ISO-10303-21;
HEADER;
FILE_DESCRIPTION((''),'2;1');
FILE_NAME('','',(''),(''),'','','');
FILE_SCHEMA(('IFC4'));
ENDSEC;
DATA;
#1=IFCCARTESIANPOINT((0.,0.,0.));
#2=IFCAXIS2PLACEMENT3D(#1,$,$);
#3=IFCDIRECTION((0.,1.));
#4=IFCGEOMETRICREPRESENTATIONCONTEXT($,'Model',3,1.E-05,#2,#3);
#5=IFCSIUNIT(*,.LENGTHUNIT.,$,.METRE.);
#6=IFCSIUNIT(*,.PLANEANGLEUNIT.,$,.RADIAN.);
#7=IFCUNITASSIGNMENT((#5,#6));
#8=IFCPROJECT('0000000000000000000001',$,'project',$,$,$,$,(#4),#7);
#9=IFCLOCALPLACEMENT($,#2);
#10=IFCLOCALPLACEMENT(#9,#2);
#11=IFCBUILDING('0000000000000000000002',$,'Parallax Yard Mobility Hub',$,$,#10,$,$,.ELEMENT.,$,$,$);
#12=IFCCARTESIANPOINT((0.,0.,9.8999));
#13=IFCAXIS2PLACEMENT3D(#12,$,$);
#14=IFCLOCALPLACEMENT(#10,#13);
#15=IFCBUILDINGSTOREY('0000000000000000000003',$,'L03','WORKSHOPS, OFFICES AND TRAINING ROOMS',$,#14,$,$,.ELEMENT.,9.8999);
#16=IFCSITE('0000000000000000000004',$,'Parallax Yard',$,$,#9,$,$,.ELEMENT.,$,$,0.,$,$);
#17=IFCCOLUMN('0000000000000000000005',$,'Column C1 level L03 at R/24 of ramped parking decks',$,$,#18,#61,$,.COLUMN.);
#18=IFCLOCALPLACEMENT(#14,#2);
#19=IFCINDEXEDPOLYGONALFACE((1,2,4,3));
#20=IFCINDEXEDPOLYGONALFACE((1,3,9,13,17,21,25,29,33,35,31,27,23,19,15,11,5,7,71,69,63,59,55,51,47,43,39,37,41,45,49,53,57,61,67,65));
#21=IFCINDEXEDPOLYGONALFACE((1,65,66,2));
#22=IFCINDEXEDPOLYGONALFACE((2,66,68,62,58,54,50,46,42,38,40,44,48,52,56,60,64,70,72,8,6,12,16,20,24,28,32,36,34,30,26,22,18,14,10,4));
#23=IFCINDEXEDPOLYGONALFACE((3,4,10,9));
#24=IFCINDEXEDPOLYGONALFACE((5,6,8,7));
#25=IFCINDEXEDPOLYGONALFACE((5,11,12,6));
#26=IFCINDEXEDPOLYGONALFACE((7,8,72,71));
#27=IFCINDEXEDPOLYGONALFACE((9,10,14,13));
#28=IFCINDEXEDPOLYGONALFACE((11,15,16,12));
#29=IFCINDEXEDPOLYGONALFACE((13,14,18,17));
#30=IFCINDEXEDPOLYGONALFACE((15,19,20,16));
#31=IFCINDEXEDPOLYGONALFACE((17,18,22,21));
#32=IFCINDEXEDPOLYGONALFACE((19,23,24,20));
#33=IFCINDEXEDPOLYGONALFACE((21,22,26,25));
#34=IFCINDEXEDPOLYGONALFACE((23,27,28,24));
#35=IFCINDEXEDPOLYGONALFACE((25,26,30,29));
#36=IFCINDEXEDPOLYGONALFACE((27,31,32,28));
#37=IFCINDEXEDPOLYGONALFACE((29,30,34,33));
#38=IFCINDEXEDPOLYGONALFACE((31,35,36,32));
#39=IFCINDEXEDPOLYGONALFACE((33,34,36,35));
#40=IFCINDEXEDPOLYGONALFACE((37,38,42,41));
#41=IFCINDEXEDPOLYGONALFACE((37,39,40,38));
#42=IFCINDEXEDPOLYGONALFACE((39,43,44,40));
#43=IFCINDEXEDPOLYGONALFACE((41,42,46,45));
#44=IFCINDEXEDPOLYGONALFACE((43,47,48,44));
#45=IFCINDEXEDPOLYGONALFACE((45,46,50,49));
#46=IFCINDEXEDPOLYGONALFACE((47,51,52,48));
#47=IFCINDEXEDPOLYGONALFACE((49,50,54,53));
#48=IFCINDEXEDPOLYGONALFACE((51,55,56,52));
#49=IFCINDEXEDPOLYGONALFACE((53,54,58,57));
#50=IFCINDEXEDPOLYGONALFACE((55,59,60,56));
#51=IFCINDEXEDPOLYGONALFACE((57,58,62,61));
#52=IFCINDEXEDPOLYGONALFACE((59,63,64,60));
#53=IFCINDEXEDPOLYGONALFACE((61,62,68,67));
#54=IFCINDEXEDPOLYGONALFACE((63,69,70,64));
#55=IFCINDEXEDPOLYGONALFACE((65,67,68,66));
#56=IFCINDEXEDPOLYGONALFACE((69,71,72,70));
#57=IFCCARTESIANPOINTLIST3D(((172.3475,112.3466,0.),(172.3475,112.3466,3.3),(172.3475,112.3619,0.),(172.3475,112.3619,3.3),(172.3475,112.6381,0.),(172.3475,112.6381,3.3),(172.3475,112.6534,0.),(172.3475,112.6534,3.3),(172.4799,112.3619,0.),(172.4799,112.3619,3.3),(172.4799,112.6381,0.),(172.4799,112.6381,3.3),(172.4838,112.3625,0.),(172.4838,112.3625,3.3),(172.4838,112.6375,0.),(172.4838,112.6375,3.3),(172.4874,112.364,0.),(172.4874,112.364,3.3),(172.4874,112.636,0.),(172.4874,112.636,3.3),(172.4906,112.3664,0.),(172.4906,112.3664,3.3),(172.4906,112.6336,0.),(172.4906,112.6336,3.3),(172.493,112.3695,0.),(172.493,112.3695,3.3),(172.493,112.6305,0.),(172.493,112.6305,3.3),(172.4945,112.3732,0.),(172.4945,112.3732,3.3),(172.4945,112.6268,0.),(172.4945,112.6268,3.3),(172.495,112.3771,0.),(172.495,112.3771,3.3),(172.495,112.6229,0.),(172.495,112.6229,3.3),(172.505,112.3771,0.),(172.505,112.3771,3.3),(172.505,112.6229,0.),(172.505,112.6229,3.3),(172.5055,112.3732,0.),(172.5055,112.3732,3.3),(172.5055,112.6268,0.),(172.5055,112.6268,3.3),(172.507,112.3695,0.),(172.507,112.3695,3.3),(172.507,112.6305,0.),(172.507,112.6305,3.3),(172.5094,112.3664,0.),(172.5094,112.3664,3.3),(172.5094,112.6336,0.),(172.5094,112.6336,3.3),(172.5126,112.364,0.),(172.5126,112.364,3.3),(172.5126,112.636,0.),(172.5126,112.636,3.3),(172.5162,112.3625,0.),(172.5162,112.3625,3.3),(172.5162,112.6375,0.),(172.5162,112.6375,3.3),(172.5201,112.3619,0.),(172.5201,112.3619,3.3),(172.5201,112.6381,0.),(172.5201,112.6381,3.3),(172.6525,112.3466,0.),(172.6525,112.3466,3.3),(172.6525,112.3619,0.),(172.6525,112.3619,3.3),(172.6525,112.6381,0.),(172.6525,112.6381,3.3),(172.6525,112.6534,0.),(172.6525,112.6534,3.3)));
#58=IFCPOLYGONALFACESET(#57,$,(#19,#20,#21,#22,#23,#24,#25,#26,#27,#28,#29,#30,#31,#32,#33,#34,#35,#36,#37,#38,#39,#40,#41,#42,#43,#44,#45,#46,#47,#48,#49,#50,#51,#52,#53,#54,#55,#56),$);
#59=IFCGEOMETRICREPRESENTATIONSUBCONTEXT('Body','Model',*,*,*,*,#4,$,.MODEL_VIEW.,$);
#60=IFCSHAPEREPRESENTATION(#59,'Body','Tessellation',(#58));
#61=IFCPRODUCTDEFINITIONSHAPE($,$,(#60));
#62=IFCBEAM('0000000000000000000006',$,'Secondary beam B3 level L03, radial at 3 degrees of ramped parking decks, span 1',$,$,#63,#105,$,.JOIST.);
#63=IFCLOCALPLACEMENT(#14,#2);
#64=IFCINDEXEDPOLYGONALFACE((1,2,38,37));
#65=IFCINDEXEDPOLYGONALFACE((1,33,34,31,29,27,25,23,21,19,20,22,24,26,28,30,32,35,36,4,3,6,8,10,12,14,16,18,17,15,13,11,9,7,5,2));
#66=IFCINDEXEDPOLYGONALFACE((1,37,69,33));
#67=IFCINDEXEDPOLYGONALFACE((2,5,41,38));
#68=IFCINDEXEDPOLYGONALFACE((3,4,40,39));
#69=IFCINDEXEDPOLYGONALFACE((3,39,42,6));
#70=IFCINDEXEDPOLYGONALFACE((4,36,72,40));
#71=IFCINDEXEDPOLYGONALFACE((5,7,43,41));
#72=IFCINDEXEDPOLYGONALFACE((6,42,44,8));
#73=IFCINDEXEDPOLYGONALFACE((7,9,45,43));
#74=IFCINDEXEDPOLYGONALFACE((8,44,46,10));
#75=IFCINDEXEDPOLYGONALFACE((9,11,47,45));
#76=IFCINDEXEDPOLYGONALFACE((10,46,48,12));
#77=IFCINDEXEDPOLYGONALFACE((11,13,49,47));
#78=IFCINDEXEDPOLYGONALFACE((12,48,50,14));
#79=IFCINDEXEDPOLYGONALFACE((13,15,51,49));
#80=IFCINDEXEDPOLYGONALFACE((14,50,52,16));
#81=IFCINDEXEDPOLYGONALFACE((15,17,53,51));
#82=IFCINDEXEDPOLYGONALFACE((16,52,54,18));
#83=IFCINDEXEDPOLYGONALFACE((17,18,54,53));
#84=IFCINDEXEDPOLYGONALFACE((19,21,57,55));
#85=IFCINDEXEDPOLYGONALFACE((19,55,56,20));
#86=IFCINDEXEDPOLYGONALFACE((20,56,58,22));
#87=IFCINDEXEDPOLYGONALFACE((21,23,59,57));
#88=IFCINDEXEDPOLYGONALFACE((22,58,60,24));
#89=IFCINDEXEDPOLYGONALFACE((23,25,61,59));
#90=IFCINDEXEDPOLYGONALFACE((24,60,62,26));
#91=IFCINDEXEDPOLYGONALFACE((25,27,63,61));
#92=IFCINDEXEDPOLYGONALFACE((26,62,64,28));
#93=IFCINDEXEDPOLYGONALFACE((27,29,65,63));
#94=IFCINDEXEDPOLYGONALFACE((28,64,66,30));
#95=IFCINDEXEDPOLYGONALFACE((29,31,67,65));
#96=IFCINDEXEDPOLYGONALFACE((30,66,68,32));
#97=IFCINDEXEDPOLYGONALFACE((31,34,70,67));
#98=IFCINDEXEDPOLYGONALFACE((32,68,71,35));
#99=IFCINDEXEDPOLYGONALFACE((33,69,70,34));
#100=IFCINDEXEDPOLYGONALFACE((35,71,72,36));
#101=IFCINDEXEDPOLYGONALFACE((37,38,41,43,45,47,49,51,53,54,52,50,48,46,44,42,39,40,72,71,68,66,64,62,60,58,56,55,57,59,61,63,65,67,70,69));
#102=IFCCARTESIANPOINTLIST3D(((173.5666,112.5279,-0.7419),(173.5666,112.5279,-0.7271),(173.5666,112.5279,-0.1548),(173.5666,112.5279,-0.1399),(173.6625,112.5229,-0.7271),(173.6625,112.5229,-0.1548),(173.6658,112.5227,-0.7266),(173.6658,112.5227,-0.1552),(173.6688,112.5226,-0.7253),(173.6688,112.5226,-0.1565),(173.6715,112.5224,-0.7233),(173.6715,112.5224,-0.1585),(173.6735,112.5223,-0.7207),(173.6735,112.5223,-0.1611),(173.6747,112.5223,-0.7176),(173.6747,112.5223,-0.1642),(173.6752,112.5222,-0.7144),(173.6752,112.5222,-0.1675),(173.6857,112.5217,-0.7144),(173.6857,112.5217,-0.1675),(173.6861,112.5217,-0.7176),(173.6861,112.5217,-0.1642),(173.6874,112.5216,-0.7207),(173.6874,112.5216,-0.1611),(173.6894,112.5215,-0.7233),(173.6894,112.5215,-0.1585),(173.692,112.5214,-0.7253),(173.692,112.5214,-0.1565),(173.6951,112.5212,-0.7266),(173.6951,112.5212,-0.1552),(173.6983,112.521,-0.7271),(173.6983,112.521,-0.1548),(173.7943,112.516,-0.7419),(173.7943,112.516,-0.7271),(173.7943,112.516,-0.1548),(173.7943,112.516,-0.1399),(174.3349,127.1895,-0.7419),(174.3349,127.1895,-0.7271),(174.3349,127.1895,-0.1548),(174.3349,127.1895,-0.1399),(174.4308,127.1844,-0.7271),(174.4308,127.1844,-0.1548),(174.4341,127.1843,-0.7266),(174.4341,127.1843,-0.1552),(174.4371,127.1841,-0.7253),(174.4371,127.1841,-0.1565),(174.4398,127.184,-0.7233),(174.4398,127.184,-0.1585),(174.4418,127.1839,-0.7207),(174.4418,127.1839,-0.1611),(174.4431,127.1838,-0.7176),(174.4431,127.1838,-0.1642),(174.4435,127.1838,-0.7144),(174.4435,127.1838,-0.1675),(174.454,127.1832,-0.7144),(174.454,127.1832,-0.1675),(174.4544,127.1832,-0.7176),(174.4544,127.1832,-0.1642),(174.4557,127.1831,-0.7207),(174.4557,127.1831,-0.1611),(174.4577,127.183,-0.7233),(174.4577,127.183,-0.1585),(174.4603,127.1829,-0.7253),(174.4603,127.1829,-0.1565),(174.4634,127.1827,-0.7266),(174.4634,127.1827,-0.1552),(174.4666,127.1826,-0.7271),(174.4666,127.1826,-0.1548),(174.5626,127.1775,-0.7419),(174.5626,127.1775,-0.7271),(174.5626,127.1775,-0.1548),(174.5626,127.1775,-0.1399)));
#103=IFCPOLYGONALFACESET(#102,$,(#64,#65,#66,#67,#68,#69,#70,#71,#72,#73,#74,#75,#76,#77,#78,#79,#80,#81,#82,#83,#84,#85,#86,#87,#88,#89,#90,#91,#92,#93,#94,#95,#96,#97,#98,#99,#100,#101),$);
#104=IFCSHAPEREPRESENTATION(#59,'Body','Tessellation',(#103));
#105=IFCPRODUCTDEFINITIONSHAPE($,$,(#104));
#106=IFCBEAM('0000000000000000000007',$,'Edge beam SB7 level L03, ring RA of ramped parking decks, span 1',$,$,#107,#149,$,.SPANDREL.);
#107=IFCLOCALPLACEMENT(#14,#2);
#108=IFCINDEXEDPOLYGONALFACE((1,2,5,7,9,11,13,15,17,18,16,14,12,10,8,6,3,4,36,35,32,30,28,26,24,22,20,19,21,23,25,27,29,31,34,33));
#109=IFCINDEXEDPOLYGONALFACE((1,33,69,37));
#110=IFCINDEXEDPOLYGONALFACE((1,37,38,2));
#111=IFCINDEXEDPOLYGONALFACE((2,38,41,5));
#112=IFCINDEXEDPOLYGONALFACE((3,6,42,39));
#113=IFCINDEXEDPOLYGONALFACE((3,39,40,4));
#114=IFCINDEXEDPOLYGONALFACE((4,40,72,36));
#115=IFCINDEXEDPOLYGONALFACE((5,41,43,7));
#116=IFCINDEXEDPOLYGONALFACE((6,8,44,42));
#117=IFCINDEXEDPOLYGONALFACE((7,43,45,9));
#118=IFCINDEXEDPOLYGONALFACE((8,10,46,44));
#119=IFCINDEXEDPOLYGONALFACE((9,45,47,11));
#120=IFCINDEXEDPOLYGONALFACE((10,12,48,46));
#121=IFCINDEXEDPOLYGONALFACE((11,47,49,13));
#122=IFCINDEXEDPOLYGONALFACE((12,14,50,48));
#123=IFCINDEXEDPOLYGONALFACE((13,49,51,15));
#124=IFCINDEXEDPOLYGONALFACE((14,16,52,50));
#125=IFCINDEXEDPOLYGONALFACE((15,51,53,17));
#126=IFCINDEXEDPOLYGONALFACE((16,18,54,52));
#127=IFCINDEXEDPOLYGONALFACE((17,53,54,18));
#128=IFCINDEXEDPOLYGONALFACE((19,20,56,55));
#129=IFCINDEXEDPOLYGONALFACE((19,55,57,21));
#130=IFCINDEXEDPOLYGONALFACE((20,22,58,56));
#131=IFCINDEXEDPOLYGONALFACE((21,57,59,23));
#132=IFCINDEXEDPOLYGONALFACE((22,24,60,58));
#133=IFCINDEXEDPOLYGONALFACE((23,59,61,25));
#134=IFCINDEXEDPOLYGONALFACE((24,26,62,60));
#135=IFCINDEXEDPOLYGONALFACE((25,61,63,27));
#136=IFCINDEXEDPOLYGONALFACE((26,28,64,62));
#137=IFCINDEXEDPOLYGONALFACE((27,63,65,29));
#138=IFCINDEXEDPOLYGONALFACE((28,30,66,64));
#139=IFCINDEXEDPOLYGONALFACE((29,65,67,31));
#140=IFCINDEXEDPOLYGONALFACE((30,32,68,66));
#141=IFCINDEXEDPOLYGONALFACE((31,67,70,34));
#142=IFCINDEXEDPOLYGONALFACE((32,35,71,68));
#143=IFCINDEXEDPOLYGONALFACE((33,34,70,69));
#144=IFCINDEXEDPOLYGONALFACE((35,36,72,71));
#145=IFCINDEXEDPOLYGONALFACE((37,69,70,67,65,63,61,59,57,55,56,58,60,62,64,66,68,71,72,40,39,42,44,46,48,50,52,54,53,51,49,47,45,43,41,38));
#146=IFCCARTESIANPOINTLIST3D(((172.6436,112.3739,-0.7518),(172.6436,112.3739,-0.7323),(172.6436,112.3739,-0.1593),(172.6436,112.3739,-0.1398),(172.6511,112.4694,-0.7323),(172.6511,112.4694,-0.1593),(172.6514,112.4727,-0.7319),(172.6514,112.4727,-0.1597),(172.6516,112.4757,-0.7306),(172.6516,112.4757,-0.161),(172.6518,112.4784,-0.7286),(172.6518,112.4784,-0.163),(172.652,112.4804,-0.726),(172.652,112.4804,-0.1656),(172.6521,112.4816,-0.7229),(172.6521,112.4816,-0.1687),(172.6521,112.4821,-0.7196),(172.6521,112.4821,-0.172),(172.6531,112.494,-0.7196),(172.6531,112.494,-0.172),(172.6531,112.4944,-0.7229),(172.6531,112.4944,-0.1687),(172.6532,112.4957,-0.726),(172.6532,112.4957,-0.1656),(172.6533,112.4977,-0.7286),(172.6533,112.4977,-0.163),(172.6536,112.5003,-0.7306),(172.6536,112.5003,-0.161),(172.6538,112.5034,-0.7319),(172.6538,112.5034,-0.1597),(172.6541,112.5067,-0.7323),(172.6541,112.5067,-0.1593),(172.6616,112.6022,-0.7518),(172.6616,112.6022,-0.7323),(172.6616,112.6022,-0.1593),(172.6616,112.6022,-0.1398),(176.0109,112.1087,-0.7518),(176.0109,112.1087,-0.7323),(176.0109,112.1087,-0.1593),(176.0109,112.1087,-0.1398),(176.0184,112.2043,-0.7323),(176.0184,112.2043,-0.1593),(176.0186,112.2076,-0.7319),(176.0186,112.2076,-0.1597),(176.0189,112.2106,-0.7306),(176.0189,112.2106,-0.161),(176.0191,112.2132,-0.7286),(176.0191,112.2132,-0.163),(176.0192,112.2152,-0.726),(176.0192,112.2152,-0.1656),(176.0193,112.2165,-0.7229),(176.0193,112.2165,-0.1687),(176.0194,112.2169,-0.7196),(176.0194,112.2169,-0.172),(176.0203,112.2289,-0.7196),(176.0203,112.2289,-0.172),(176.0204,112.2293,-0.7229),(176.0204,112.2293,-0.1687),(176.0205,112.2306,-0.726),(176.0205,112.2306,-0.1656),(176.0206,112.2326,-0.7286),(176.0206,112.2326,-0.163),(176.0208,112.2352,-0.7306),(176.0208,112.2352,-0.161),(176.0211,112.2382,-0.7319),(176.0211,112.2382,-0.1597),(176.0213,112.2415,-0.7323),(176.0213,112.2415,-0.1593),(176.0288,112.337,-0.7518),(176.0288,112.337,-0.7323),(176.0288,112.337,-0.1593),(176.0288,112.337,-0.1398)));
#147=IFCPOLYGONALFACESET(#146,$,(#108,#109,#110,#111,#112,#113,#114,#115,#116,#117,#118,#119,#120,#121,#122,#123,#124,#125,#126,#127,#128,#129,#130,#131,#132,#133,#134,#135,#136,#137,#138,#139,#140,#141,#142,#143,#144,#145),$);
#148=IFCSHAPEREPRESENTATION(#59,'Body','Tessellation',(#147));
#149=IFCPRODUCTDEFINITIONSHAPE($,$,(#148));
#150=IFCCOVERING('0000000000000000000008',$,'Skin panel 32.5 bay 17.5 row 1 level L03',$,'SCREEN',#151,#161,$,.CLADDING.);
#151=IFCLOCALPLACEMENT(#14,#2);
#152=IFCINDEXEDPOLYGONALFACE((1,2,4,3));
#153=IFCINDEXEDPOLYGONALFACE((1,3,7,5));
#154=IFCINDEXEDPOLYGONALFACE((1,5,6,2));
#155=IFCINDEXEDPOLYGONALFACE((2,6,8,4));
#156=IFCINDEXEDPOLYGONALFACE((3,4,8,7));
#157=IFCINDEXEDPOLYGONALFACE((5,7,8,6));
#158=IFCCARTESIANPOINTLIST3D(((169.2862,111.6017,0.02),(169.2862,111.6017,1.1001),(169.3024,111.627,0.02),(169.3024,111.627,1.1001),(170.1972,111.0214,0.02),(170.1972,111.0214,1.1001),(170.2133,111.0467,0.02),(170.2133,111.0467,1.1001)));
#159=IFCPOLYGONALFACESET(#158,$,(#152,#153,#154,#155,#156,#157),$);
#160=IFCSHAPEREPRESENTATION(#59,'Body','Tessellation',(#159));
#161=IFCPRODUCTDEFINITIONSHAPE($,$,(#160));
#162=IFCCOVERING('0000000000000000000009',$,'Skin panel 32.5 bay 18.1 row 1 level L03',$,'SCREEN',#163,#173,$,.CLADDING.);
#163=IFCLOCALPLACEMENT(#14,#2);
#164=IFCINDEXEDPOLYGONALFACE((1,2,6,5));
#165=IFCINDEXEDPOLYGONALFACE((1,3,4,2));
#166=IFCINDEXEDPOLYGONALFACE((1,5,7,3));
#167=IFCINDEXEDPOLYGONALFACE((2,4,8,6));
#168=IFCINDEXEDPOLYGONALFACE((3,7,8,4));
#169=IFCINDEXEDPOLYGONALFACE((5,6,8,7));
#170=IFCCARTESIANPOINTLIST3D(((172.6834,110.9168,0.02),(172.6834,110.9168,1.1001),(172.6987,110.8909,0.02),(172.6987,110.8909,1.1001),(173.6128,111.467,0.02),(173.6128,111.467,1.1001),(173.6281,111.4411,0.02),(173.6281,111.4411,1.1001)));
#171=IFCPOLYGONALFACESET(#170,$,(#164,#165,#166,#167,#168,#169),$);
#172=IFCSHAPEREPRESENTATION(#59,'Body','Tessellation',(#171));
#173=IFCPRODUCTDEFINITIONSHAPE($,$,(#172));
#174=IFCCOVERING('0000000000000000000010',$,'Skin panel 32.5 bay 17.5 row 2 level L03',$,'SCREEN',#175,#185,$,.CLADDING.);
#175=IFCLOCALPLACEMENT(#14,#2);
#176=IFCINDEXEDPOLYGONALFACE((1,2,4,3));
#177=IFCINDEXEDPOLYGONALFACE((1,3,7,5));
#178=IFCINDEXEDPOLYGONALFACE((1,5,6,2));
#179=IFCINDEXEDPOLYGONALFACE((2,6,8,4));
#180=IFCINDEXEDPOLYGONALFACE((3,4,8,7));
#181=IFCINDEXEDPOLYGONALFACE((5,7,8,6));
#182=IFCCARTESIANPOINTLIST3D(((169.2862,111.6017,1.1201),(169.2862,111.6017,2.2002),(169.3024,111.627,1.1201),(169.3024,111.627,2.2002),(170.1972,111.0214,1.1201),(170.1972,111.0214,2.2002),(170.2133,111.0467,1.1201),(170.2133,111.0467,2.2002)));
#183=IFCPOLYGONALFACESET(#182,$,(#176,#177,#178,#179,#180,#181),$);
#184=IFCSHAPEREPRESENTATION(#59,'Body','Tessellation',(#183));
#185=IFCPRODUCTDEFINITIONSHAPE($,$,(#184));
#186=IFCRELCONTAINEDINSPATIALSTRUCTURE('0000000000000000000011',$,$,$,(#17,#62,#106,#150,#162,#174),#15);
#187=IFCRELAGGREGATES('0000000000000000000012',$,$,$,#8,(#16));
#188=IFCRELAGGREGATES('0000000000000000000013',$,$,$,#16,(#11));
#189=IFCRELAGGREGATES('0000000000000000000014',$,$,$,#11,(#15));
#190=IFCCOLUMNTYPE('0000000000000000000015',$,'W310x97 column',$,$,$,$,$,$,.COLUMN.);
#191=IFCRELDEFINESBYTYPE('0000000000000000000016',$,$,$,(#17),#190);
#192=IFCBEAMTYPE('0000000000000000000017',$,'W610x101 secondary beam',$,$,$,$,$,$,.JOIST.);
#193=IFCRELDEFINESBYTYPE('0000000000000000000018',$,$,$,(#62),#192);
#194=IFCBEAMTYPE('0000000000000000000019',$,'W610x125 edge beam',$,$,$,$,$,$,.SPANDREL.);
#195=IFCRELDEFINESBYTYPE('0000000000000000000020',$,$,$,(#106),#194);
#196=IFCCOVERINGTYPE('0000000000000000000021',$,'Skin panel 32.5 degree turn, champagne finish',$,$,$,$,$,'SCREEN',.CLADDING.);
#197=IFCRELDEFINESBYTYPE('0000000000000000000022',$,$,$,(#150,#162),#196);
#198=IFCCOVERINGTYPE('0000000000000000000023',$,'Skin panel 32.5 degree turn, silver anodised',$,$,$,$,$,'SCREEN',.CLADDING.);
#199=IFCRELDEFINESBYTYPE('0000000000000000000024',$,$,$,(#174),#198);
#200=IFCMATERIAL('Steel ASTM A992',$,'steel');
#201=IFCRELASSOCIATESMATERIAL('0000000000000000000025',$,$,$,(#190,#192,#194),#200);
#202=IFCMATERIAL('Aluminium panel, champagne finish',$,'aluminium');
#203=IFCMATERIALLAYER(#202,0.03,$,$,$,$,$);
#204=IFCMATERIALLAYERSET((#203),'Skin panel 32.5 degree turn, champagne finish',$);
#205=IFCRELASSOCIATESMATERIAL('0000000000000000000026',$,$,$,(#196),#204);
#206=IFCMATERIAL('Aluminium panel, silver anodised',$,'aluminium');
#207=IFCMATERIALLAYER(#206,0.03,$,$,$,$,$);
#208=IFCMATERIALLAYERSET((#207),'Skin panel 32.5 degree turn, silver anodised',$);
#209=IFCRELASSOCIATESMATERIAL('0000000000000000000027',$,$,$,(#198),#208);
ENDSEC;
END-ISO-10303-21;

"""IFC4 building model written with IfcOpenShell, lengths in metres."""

from ifc_helpers import new_model, si_unit, direction, frame, origin, origin_2d, place, context, subcontext, project, spatial, rectangle, i_section, extrude, material, layer, layer_set, material_profile, profile_set, type_object, element, save


model = new_model("IFC4")

# Units and contexts
model_context = context("Model", 3, precision=1e-05, world=origin(), true_north=direction((0.0, 1.0)))
body_context = subcontext(model_context, "Body", "Model", "MODEL_VIEW")
ifc_project = project(units=[si_unit("LENGTHUNIT", "METRE"), si_unit("PLANEANGLEUNIT", "RADIAN")], contexts=[model_context])

# Site, building, storey
site_placement = place(None, origin())
site = spatial("IfcSite", under=ifc_project, at=site_placement, Name="Parallax Yard", CompositionType="ELEMENT", RefElevation=0.0)
building_placement = place(site_placement, origin())
building = spatial("IfcBuilding", under=site, at=building_placement, Name="Parallax Yard Mobility Hub", CompositionType="ELEMENT")
storey_placement = place(building_placement, frame((0.0, 0.0, 9.8999)))
storey = spatial("IfcBuildingStorey", under=building, at=storey_placement, Name="L03", Description="WORKSHOPS, OFFICES AND TRAINING ROOMS", CompositionType="ELEMENT", Elevation=9.8999)

# Column
ifc_material_1 = material(Name="Steel ASTM A992", Category="steel")
ifc_material_profile_1 = material_profile(ifc_material_1, i_section(OverallWidth=0.3049, OverallDepth=0.3069, WebThickness=0.01, FlangeThickness=0.0154, FilletRadius=0.0151, at=origin_2d()), Name="W310x97")
ifc_profile_set_1 = profile_set([ifc_material_profile_1], Name="Steel ASTM A992")
column_type = type_object("IfcColumnType", Name="W310x97 column", PredefinedType="COLUMN", material=ifc_profile_set_1)
column_placement = place(storey_placement, frame((172.5, 112.5, 0.0), z_axis=(0.0, 0.0, 1.0), x_axis=(1.0, 0.0, 0.0)))
element("IfcColumn", 1, at=column_placement, inside=storey, type_object=column_type, Name="Column C1 level L03 at R/24 of ramped parking decks", PredefinedType="COLUMN", context=body_context, shape_type="SweptSolid", body=[
    extrude(i_section(OverallWidth=0.3049, OverallDepth=0.3069, WebThickness=0.01, FlangeThickness=0.0154, FilletRadius=0.0151, at=origin_2d()), origin(), (0.0, 0.0, 1.0), 3.3),
])

# Beams
ifc_material_profile_2 = material_profile(ifc_material_1, i_section(OverallWidth=0.228, OverallDepth=0.6021, WebThickness=0.0105, FlangeThickness=0.0149, FilletRadius=0.0127, at=origin_2d()), Name="W610x101")
ifc_profile_set_2 = profile_set([ifc_material_profile_2], Name="Steel ASTM A992")
beam_type_1 = type_object("IfcBeamType", Name="W610x101 secondary beam", PredefinedType="JOIST", material=ifc_profile_set_2)
beam_1_placement = place(storey_placement, frame((173.6804, 112.522, -0.4409), z_axis=(0.052331, 0.99863, 0.0), x_axis=(-0.99863, 0.052331, 0.0)))
element("IfcBeam", 2, at=beam_1_placement, inside=storey, type_object=beam_type_1, Name="Secondary beam B3 level L03, radial at 3 degrees of ramped parking decks, span 1", PredefinedType="JOIST", context=body_context, shape_type="SweptSolid", body=[
    extrude(i_section(OverallWidth=0.228, OverallDepth=0.6021, WebThickness=0.0105, FlangeThickness=0.0149, FilletRadius=0.0127, at=origin_2d()), origin(), (0.0, 0.0, 1.0), 14.6816),
])
ifc_material_profile_3 = material_profile(ifc_material_1, i_section(OverallWidth=0.229, OverallDepth=0.6121, WebThickness=0.012, FlangeThickness=0.0195, FilletRadius=0.0127, at=origin_2d()), Name="W610x125")
ifc_profile_set_3 = profile_set([ifc_material_profile_3], Name="Steel ASTM A992")
beam_type_2 = type_object("IfcBeamType", Name="W610x125 edge beam", PredefinedType="SPANDREL", material=ifc_profile_set_3)
beam_2_placement = place(storey_placement, frame((172.6526, 112.488, -0.4458), z_axis=(0.996914, -0.078498, 0.0), x_axis=(0.078498, 0.996914, 0.0)))
element("IfcBeam", 3, at=beam_2_placement, inside=storey, type_object=beam_type_2, Name="Edge beam SB7 level L03, ring RA of ramped parking decks, span 1", PredefinedType="SPANDREL", context=body_context, shape_type="SweptSolid", body=[
    extrude(i_section(OverallWidth=0.229, OverallDepth=0.6121, WebThickness=0.012, FlangeThickness=0.0195, FilletRadius=0.0127, at=origin_2d()), origin(), (0.0, 0.0, 1.0), 3.3777),
])

# Coverings
ifc_material_2 = material(Name="Aluminium panel, champagne finish", Category="aluminium")
ifc_layer_1 = layer(ifc_material_2, 0.03)
ifc_layer_set_1 = layer_set([ifc_layer_1], Name="Skin panel 32.5 degree turn, champagne finish")
covering_type_1 = type_object("IfcCoveringType", Name="Skin panel 32.5 degree turn, champagne finish", ElementType="SCREEN", PredefinedType="CLADDING", material=ifc_layer_set_1)
for number, where, z_axis, x_axis, name in (
    (4, (169.7498, 111.3242, 0.02), (0.0, 0.0, 1.0), (0.843391, -0.5373, 0.0), "Skin panel 32.5 bay 17.5 row 1 level L03"),
    (5, (173.1558, 111.179, 0.02), (0.0, 0.0, 1.0), (-0.86052, -0.509417, 0.0), "Skin panel 32.5 bay 18.1 row 1 level L03"),
):
    element("IfcCovering", number, at=place(storey_placement, frame(where, z_axis=z_axis, x_axis=x_axis)), inside=storey, type_object=covering_type_1, Name=name, ObjectType="SCREEN", PredefinedType="CLADDING", context=body_context, shape_type="SweptSolid", body=[
        extrude(rectangle(XDim=1.0801, YDim=0.03, at=origin_2d()), origin(), (0.0, 0.0, 1.0), 1.0801),
    ])
ifc_material_3 = material(Name="Aluminium panel, silver anodised", Category="aluminium")
ifc_layer_2 = layer(ifc_material_3, 0.03)
ifc_layer_set_2 = layer_set([ifc_layer_2], Name="Skin panel 32.5 degree turn, silver anodised")
covering_type_2 = type_object("IfcCoveringType", Name="Skin panel 32.5 degree turn, silver anodised", ElementType="SCREEN", PredefinedType="CLADDING", material=ifc_layer_set_2)
for number, where, z_axis, x_axis, name in (
    (6, (169.7498, 111.3242, 1.1201), (0.0, 0.0, 1.0), (0.843391, -0.5373, 0.0), "Skin panel 32.5 bay 17.5 row 2 level L03"),
):
    element("IfcCovering", number, at=place(storey_placement, frame(where, z_axis=z_axis, x_axis=x_axis)), inside=storey, type_object=covering_type_2, Name=name, ObjectType="SCREEN", PredefinedType="CLADDING", context=body_context, shape_type="SweptSolid", body=[
        extrude(rectangle(XDim=1.0801, YDim=0.03, at=origin_2d()), origin(), (0.0, 0.0, 1.0), 1.0801),
    ])

save(model, "model.ifc")
